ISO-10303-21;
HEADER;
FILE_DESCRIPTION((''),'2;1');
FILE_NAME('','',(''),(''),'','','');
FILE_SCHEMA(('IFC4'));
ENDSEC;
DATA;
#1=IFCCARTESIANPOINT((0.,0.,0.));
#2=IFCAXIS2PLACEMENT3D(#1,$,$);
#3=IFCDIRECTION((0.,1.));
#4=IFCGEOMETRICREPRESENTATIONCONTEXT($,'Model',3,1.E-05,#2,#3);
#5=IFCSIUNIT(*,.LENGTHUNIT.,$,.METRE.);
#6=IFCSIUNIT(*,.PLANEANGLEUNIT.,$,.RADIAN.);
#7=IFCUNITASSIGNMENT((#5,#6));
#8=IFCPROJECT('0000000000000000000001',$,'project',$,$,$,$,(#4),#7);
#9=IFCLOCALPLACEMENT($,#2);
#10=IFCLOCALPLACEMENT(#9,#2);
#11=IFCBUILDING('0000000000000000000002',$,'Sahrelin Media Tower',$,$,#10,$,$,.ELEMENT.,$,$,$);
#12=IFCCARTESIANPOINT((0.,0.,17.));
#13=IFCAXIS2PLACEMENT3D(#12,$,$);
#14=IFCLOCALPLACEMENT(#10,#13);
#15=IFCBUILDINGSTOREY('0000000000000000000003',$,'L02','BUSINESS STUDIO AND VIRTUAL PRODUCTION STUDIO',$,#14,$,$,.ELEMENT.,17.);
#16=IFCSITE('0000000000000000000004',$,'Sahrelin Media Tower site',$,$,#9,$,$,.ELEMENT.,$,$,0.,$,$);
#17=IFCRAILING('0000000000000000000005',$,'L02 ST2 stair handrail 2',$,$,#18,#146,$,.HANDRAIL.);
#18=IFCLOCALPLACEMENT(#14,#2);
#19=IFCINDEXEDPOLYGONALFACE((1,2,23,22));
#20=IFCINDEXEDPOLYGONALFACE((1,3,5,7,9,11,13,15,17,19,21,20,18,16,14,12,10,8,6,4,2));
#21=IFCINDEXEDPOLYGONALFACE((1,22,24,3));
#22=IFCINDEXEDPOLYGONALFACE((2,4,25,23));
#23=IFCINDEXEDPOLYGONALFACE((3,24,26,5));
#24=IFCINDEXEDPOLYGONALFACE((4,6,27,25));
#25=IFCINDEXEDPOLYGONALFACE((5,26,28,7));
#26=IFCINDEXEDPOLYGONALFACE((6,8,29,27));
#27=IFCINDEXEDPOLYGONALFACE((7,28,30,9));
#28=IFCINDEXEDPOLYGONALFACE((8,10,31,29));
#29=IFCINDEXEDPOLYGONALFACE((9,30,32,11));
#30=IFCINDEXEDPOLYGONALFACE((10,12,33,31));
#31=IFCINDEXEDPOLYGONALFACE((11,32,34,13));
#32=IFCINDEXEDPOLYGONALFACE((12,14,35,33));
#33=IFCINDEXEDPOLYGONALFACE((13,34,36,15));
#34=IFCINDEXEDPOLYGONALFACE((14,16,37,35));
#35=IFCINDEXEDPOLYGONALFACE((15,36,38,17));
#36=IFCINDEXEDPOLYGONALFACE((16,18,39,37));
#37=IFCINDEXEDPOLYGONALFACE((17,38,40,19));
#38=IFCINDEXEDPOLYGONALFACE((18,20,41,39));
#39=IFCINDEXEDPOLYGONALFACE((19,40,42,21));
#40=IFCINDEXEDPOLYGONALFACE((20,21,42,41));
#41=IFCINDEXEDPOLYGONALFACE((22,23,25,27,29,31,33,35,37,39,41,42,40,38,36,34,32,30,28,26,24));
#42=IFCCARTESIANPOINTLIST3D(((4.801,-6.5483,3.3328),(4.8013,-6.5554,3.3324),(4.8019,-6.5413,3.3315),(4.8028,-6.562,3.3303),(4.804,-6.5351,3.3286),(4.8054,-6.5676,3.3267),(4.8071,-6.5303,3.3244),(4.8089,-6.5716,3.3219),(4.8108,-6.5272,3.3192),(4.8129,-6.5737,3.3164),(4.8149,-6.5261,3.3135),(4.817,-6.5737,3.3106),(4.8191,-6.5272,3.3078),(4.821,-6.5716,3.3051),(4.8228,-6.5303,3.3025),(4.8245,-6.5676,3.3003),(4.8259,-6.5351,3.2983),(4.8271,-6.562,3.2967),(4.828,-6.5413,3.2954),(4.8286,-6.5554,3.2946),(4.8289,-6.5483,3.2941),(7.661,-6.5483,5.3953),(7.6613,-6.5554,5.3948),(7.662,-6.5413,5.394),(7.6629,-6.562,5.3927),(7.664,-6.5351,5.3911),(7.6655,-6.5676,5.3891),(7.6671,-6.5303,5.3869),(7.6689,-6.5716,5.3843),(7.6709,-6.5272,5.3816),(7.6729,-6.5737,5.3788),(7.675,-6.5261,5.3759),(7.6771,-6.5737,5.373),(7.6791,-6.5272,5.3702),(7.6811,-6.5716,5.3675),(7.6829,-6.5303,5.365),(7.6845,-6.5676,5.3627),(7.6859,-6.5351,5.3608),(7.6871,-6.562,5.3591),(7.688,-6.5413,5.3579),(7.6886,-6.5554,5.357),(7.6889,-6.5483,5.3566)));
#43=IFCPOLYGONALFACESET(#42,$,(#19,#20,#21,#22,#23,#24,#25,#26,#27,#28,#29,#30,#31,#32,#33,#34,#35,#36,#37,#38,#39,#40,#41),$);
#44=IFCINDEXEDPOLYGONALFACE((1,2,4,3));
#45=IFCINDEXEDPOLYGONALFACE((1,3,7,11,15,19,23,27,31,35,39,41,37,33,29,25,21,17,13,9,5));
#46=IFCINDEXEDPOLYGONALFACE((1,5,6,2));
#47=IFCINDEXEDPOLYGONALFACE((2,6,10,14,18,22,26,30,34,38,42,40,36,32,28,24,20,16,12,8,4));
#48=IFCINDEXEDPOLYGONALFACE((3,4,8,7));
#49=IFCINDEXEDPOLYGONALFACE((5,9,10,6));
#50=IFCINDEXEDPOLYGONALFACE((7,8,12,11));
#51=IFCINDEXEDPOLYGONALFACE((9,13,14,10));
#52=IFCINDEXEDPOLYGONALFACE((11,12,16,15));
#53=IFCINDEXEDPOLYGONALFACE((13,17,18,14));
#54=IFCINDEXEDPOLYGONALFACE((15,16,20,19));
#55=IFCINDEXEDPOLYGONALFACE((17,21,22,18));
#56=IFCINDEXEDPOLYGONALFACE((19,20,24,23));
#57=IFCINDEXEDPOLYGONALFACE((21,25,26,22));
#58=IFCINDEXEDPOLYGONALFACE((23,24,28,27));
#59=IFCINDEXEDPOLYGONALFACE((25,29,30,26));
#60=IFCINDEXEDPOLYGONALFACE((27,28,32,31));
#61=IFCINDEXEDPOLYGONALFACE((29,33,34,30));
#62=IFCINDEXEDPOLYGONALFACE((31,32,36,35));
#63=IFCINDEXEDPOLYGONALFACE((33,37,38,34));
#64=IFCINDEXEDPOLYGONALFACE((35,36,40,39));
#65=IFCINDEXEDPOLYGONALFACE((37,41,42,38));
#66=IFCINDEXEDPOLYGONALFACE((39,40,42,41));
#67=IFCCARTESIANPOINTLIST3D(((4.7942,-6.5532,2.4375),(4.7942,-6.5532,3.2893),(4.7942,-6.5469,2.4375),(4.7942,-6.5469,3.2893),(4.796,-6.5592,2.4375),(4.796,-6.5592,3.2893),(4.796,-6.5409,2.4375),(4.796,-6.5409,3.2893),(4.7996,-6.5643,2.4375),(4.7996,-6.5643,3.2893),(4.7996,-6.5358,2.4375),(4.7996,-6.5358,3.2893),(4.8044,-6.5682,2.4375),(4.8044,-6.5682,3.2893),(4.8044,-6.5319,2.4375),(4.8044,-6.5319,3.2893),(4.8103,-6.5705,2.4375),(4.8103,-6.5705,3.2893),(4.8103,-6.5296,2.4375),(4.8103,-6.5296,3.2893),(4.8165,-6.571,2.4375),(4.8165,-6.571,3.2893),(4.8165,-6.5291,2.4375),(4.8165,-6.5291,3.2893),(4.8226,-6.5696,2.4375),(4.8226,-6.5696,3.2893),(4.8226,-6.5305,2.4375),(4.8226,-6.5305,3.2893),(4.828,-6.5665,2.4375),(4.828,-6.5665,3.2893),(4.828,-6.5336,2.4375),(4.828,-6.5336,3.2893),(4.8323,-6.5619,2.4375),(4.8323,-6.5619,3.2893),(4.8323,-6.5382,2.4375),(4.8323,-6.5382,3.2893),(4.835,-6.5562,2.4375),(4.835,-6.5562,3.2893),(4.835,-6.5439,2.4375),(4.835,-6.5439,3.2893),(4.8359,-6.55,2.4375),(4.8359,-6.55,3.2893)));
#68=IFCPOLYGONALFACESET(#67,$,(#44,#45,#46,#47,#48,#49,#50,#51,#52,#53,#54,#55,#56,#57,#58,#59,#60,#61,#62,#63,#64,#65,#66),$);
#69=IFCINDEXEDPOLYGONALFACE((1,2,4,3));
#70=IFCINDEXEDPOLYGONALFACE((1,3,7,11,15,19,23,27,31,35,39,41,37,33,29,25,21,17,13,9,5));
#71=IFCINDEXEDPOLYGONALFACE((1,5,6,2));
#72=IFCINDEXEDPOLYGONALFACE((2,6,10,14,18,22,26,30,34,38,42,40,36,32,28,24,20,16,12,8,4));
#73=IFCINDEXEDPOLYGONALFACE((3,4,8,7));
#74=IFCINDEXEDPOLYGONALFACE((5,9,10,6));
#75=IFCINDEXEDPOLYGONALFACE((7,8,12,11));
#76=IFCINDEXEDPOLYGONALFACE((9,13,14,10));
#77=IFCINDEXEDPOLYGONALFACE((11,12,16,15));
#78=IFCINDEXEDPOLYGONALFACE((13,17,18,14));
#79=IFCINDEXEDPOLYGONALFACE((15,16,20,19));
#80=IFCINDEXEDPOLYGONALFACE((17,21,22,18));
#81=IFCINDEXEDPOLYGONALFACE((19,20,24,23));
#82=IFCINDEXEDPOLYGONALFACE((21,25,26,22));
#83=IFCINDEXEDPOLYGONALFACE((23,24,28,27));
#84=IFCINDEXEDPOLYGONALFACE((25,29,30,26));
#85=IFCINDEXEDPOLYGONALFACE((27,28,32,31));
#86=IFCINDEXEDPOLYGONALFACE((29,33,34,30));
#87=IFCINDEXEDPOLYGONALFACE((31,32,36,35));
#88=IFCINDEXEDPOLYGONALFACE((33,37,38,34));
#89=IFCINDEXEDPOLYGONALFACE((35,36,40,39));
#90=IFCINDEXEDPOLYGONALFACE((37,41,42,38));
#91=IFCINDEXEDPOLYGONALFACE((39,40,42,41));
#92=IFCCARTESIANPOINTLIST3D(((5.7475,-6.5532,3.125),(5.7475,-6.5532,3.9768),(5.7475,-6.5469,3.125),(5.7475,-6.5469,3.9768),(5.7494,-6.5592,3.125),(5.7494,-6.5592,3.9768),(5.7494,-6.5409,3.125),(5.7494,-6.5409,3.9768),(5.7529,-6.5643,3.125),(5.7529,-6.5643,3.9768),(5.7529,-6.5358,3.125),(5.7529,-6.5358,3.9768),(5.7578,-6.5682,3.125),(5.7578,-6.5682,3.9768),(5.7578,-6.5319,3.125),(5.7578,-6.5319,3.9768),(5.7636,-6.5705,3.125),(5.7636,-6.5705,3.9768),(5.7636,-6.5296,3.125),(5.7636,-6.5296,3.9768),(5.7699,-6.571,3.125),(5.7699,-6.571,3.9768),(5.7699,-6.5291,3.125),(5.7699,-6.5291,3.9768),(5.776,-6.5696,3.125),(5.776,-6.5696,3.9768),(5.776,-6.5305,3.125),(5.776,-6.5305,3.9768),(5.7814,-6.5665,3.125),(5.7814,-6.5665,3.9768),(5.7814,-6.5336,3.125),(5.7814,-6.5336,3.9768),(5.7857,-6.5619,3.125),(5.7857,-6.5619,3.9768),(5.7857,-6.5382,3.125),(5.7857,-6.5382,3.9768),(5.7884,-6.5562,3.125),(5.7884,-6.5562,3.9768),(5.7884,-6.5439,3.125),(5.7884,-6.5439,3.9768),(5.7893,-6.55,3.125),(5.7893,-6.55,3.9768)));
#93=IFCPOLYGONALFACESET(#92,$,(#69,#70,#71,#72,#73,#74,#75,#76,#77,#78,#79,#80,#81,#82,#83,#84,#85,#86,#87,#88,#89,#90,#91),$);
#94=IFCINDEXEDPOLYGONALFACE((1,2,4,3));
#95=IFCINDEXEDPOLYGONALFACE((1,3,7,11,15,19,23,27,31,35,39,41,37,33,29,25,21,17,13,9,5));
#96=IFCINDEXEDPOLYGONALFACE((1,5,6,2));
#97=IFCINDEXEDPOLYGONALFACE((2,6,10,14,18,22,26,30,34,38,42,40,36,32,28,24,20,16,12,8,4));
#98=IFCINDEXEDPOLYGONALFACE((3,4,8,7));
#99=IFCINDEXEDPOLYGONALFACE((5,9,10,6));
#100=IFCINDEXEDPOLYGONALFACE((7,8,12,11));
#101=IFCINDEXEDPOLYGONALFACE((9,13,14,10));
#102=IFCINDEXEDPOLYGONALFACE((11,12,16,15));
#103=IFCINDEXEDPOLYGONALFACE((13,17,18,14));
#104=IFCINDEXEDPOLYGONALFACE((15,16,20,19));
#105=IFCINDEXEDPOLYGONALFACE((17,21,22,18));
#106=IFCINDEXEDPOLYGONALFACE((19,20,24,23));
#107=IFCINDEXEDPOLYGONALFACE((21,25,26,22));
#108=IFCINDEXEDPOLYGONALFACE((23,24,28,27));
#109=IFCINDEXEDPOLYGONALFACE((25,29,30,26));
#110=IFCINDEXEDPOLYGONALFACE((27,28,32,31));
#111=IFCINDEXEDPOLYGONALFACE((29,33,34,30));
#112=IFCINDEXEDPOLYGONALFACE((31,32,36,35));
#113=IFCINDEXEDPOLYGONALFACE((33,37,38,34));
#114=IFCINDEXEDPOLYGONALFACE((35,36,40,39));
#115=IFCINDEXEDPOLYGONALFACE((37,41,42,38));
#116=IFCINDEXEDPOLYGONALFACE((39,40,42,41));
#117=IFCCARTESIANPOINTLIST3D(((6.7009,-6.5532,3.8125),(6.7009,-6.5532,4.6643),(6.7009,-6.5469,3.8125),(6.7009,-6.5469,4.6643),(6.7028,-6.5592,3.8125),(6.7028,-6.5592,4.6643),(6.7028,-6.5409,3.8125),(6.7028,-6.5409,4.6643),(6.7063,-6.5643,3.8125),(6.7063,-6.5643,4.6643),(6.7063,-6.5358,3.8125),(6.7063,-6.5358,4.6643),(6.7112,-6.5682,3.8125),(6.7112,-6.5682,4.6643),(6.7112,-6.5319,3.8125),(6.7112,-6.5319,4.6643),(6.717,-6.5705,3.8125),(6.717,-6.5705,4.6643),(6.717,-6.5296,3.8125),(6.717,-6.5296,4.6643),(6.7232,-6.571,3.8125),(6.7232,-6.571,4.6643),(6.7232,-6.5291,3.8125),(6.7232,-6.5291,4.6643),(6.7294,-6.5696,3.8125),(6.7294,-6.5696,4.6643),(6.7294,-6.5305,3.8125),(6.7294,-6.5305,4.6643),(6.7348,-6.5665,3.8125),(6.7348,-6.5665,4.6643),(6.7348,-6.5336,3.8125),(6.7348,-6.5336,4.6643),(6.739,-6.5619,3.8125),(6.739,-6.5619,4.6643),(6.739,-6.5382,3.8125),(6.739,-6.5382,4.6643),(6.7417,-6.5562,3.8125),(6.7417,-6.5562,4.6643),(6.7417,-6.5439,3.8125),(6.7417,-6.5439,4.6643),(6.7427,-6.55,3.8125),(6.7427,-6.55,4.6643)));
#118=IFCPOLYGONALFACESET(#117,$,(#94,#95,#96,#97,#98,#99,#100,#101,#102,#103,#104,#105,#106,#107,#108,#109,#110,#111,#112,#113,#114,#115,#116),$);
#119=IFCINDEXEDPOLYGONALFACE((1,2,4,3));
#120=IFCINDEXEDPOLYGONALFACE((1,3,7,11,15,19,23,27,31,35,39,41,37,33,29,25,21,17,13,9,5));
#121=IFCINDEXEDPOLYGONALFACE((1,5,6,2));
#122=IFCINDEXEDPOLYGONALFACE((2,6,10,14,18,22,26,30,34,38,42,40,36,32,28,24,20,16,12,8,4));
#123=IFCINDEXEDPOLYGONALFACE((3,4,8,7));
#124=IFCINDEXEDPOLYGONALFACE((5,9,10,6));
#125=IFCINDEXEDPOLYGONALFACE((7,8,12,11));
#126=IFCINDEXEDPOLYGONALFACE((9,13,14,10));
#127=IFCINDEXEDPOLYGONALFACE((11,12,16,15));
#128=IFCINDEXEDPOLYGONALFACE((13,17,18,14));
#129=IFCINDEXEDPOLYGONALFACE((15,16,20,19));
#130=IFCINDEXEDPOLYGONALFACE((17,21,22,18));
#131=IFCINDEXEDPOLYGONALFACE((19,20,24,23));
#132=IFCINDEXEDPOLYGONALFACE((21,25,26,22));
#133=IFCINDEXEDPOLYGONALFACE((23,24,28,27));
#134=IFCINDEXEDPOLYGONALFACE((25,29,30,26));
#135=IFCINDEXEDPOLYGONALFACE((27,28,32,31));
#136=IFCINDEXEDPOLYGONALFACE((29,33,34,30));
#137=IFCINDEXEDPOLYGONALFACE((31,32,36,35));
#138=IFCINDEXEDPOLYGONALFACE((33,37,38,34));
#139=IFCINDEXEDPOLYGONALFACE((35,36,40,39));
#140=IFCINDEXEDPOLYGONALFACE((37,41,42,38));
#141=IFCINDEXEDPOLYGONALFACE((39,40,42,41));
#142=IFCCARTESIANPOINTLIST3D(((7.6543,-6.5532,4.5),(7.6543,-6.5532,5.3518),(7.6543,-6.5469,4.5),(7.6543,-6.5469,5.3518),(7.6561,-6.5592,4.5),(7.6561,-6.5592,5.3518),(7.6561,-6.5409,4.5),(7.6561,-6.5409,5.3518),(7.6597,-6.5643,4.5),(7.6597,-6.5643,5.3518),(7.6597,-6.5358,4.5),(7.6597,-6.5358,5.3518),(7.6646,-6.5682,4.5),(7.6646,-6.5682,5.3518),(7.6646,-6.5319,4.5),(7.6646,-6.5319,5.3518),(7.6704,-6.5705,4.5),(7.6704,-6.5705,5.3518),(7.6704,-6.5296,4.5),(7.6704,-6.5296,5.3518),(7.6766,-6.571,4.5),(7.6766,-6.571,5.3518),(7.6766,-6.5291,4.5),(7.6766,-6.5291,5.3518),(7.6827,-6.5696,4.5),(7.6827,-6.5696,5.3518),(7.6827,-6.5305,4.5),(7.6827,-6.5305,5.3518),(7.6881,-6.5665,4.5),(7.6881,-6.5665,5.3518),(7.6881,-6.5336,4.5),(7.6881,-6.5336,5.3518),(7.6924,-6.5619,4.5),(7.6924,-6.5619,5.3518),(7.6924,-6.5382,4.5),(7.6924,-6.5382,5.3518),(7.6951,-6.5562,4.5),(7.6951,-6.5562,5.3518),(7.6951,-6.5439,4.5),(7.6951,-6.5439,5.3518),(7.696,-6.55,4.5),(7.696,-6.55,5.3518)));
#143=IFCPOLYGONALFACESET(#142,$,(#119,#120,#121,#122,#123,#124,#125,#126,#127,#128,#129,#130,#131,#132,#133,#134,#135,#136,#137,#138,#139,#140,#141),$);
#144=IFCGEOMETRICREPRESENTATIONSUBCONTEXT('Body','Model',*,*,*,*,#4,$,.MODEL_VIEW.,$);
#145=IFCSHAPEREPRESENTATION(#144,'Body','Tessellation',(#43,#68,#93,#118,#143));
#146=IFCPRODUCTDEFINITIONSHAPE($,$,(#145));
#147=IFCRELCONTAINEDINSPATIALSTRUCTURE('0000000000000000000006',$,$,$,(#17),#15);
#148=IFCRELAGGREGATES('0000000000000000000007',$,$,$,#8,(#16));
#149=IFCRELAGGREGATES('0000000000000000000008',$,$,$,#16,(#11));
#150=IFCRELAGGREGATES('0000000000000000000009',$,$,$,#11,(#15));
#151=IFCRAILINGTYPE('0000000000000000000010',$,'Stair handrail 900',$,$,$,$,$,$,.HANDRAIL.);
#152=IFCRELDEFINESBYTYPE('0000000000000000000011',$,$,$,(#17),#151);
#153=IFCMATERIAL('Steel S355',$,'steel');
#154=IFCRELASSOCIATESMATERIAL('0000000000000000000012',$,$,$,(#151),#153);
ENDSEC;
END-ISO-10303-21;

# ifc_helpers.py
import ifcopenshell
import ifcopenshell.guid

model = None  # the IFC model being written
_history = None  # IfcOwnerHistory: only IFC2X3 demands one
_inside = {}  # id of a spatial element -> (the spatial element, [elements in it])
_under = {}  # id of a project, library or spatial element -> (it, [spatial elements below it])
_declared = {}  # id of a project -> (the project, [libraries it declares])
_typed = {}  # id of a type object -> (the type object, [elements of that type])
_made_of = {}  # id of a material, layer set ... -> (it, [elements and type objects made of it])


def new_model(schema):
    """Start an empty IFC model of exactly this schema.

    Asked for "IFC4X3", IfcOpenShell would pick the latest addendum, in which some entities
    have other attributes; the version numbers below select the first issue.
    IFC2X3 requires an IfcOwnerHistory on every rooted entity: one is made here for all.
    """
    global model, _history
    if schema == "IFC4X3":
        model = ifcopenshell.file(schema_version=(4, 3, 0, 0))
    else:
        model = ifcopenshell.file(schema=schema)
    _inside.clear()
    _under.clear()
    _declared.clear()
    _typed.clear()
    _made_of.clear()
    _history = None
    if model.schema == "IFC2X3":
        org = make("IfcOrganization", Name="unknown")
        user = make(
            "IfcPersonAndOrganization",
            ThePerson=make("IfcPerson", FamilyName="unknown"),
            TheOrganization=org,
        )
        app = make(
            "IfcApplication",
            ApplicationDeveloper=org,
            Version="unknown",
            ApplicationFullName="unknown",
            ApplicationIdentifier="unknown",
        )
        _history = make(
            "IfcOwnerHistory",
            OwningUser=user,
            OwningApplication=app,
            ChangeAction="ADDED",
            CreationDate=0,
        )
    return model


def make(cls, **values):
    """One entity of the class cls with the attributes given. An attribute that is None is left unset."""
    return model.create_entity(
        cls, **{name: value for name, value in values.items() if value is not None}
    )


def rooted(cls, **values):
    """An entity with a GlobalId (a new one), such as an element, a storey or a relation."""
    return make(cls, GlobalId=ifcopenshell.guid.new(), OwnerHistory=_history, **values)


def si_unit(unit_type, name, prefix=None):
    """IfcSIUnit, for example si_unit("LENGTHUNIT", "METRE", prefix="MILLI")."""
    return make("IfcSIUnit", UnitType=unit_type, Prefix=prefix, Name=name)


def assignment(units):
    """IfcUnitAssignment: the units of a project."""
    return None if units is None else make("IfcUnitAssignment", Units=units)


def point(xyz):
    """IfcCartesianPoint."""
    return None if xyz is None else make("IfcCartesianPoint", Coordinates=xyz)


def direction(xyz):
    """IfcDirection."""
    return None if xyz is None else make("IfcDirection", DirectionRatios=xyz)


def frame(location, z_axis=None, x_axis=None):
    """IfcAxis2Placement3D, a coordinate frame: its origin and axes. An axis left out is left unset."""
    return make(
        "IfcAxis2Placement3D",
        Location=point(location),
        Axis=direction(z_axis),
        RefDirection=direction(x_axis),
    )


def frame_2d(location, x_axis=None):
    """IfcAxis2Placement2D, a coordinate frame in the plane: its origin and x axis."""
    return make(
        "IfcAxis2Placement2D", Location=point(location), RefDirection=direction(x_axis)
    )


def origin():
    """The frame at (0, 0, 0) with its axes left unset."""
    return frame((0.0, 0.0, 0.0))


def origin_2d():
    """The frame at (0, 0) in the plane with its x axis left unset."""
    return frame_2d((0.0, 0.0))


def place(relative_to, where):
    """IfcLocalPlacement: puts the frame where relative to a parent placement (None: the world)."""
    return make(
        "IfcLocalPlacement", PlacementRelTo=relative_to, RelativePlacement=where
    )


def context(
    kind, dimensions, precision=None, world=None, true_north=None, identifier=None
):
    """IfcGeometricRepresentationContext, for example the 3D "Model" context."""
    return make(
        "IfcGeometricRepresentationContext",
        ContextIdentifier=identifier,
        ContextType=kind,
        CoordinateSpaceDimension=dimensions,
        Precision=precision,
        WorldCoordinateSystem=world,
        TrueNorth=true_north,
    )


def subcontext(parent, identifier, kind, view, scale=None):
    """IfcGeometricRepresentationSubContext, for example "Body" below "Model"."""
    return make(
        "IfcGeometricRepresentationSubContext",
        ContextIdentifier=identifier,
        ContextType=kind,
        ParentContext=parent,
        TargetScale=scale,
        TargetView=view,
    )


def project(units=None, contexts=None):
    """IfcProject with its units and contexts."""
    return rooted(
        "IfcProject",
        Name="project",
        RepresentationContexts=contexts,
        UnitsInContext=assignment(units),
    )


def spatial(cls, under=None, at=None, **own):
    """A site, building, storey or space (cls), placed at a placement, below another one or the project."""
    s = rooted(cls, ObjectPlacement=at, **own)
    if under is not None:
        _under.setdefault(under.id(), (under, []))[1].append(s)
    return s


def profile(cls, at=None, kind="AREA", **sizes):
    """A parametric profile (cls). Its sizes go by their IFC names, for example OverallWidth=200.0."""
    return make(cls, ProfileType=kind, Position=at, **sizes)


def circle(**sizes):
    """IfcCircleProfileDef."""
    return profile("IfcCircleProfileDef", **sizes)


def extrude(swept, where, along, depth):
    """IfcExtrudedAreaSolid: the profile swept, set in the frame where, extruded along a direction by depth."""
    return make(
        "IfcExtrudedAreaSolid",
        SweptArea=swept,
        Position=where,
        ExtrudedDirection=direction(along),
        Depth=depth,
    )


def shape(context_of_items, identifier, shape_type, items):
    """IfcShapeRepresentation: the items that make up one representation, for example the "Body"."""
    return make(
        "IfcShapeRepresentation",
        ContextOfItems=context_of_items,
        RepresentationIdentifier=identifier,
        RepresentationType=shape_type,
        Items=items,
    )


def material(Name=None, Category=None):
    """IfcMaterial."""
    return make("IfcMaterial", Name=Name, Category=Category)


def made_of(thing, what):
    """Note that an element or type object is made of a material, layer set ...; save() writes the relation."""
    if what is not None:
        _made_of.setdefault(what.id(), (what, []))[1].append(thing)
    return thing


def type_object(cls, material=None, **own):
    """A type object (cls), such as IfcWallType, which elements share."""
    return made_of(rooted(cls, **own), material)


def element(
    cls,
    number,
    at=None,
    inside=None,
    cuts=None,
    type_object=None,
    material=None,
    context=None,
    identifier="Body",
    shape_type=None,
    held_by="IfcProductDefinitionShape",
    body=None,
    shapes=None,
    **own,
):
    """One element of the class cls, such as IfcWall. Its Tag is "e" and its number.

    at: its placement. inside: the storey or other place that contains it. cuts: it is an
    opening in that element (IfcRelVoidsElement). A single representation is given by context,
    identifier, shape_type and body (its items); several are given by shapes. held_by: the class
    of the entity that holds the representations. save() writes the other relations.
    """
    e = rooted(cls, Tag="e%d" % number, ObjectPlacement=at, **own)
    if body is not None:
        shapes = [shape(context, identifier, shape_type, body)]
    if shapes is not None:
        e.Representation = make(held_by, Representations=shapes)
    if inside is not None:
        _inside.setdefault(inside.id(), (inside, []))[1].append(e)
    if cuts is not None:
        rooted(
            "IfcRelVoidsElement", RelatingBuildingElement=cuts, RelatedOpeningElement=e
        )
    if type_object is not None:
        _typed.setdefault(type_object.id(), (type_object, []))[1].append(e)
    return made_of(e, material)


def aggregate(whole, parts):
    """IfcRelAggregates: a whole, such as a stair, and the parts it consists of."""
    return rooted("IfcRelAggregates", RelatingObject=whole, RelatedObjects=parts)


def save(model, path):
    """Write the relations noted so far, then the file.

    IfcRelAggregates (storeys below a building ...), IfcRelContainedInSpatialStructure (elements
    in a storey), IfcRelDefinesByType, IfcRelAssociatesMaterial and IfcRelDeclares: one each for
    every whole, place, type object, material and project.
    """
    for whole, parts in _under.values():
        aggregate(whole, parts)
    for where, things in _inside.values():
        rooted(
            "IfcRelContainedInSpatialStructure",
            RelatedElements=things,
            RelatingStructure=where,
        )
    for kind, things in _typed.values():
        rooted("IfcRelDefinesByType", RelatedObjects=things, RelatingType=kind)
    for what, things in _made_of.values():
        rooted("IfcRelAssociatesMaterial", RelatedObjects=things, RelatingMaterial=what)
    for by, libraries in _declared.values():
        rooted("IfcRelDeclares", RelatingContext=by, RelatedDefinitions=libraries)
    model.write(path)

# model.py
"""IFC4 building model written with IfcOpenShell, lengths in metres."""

from ifc_helpers import new_model, si_unit, direction, frame, origin, origin_2d, place, context, subcontext, project, spatial, circle, extrude, material, type_object, element, save


model = new_model("IFC4")

# Units and contexts
model_context = context("Model", 3, precision=1e-05, world=origin(), true_north=direction((0.0, 1.0)))
body_context = subcontext(model_context, "Body", "Model", "MODEL_VIEW")
ifc_project = project(units=[si_unit("LENGTHUNIT", "METRE"), si_unit("PLANEANGLEUNIT", "RADIAN")], contexts=[model_context])

# Site, building, storey
site_placement = place(None, origin())
site = spatial("IfcSite", under=ifc_project, at=site_placement, Name="Sahrelin Media Tower site", CompositionType="ELEMENT", RefElevation=0.0)
building_placement = place(site_placement, origin())
building = spatial("IfcBuilding", under=site, at=building_placement, Name="Sahrelin Media Tower", CompositionType="ELEMENT")
storey_placement = place(building_placement, frame((0.0, 0.0, 17.0)))
storey = spatial("IfcBuildingStorey", under=building, at=storey_placement, Name="L02", Description="BUSINESS STUDIO AND VIRTUAL PRODUCTION STUDIO", CompositionType="ELEMENT", Elevation=17.0)

# Railing
ifc_material_1 = material(Name="Steel S355", Category="steel")
railing_type_1 = type_object("IfcRailingType", Name="Stair handrail 900", PredefinedType="HANDRAIL", material=ifc_material_1)
railing_1_placement = place(storey_placement, frame((4.8149, -6.55, 2.4375)))
element("IfcRailing", 1, at=railing_1_placement, inside=storey, type_object=railing_type_1, Name="L02 ST2 stair handrail 2", PredefinedType="HANDRAIL", context=body_context, shape_type="SweptSolid", body=[
    extrude(circle(Radius=0.0239, at=origin_2d()), frame((0.0, 0.0, 0.876), z_axis=(0.811101, 0.0, 0.584906), x_axis=(0.0, 1.0, 0.0)), (0.0, 0.0, 1.0), 3.5261),
    extrude(circle(Radius=0.021, at=origin_2d()), origin(), (0.0, 0.0, 1.0), 0.8518),
    extrude(circle(Radius=0.021, at=origin_2d()), frame((0.9534, 0.0, 0.6875)), (0.0, 0.0, 1.0), 0.8518),
    extrude(circle(Radius=0.021, at=origin_2d()), frame((1.9067, 0.0, 1.375)), (0.0, 0.0, 1.0), 0.8518),
    extrude(circle(Radius=0.021, at=origin_2d()), frame((2.8601, 0.0, 2.0625)), (0.0, 0.0, 1.0), 0.8518),
])

save(model, "model.ifc")
